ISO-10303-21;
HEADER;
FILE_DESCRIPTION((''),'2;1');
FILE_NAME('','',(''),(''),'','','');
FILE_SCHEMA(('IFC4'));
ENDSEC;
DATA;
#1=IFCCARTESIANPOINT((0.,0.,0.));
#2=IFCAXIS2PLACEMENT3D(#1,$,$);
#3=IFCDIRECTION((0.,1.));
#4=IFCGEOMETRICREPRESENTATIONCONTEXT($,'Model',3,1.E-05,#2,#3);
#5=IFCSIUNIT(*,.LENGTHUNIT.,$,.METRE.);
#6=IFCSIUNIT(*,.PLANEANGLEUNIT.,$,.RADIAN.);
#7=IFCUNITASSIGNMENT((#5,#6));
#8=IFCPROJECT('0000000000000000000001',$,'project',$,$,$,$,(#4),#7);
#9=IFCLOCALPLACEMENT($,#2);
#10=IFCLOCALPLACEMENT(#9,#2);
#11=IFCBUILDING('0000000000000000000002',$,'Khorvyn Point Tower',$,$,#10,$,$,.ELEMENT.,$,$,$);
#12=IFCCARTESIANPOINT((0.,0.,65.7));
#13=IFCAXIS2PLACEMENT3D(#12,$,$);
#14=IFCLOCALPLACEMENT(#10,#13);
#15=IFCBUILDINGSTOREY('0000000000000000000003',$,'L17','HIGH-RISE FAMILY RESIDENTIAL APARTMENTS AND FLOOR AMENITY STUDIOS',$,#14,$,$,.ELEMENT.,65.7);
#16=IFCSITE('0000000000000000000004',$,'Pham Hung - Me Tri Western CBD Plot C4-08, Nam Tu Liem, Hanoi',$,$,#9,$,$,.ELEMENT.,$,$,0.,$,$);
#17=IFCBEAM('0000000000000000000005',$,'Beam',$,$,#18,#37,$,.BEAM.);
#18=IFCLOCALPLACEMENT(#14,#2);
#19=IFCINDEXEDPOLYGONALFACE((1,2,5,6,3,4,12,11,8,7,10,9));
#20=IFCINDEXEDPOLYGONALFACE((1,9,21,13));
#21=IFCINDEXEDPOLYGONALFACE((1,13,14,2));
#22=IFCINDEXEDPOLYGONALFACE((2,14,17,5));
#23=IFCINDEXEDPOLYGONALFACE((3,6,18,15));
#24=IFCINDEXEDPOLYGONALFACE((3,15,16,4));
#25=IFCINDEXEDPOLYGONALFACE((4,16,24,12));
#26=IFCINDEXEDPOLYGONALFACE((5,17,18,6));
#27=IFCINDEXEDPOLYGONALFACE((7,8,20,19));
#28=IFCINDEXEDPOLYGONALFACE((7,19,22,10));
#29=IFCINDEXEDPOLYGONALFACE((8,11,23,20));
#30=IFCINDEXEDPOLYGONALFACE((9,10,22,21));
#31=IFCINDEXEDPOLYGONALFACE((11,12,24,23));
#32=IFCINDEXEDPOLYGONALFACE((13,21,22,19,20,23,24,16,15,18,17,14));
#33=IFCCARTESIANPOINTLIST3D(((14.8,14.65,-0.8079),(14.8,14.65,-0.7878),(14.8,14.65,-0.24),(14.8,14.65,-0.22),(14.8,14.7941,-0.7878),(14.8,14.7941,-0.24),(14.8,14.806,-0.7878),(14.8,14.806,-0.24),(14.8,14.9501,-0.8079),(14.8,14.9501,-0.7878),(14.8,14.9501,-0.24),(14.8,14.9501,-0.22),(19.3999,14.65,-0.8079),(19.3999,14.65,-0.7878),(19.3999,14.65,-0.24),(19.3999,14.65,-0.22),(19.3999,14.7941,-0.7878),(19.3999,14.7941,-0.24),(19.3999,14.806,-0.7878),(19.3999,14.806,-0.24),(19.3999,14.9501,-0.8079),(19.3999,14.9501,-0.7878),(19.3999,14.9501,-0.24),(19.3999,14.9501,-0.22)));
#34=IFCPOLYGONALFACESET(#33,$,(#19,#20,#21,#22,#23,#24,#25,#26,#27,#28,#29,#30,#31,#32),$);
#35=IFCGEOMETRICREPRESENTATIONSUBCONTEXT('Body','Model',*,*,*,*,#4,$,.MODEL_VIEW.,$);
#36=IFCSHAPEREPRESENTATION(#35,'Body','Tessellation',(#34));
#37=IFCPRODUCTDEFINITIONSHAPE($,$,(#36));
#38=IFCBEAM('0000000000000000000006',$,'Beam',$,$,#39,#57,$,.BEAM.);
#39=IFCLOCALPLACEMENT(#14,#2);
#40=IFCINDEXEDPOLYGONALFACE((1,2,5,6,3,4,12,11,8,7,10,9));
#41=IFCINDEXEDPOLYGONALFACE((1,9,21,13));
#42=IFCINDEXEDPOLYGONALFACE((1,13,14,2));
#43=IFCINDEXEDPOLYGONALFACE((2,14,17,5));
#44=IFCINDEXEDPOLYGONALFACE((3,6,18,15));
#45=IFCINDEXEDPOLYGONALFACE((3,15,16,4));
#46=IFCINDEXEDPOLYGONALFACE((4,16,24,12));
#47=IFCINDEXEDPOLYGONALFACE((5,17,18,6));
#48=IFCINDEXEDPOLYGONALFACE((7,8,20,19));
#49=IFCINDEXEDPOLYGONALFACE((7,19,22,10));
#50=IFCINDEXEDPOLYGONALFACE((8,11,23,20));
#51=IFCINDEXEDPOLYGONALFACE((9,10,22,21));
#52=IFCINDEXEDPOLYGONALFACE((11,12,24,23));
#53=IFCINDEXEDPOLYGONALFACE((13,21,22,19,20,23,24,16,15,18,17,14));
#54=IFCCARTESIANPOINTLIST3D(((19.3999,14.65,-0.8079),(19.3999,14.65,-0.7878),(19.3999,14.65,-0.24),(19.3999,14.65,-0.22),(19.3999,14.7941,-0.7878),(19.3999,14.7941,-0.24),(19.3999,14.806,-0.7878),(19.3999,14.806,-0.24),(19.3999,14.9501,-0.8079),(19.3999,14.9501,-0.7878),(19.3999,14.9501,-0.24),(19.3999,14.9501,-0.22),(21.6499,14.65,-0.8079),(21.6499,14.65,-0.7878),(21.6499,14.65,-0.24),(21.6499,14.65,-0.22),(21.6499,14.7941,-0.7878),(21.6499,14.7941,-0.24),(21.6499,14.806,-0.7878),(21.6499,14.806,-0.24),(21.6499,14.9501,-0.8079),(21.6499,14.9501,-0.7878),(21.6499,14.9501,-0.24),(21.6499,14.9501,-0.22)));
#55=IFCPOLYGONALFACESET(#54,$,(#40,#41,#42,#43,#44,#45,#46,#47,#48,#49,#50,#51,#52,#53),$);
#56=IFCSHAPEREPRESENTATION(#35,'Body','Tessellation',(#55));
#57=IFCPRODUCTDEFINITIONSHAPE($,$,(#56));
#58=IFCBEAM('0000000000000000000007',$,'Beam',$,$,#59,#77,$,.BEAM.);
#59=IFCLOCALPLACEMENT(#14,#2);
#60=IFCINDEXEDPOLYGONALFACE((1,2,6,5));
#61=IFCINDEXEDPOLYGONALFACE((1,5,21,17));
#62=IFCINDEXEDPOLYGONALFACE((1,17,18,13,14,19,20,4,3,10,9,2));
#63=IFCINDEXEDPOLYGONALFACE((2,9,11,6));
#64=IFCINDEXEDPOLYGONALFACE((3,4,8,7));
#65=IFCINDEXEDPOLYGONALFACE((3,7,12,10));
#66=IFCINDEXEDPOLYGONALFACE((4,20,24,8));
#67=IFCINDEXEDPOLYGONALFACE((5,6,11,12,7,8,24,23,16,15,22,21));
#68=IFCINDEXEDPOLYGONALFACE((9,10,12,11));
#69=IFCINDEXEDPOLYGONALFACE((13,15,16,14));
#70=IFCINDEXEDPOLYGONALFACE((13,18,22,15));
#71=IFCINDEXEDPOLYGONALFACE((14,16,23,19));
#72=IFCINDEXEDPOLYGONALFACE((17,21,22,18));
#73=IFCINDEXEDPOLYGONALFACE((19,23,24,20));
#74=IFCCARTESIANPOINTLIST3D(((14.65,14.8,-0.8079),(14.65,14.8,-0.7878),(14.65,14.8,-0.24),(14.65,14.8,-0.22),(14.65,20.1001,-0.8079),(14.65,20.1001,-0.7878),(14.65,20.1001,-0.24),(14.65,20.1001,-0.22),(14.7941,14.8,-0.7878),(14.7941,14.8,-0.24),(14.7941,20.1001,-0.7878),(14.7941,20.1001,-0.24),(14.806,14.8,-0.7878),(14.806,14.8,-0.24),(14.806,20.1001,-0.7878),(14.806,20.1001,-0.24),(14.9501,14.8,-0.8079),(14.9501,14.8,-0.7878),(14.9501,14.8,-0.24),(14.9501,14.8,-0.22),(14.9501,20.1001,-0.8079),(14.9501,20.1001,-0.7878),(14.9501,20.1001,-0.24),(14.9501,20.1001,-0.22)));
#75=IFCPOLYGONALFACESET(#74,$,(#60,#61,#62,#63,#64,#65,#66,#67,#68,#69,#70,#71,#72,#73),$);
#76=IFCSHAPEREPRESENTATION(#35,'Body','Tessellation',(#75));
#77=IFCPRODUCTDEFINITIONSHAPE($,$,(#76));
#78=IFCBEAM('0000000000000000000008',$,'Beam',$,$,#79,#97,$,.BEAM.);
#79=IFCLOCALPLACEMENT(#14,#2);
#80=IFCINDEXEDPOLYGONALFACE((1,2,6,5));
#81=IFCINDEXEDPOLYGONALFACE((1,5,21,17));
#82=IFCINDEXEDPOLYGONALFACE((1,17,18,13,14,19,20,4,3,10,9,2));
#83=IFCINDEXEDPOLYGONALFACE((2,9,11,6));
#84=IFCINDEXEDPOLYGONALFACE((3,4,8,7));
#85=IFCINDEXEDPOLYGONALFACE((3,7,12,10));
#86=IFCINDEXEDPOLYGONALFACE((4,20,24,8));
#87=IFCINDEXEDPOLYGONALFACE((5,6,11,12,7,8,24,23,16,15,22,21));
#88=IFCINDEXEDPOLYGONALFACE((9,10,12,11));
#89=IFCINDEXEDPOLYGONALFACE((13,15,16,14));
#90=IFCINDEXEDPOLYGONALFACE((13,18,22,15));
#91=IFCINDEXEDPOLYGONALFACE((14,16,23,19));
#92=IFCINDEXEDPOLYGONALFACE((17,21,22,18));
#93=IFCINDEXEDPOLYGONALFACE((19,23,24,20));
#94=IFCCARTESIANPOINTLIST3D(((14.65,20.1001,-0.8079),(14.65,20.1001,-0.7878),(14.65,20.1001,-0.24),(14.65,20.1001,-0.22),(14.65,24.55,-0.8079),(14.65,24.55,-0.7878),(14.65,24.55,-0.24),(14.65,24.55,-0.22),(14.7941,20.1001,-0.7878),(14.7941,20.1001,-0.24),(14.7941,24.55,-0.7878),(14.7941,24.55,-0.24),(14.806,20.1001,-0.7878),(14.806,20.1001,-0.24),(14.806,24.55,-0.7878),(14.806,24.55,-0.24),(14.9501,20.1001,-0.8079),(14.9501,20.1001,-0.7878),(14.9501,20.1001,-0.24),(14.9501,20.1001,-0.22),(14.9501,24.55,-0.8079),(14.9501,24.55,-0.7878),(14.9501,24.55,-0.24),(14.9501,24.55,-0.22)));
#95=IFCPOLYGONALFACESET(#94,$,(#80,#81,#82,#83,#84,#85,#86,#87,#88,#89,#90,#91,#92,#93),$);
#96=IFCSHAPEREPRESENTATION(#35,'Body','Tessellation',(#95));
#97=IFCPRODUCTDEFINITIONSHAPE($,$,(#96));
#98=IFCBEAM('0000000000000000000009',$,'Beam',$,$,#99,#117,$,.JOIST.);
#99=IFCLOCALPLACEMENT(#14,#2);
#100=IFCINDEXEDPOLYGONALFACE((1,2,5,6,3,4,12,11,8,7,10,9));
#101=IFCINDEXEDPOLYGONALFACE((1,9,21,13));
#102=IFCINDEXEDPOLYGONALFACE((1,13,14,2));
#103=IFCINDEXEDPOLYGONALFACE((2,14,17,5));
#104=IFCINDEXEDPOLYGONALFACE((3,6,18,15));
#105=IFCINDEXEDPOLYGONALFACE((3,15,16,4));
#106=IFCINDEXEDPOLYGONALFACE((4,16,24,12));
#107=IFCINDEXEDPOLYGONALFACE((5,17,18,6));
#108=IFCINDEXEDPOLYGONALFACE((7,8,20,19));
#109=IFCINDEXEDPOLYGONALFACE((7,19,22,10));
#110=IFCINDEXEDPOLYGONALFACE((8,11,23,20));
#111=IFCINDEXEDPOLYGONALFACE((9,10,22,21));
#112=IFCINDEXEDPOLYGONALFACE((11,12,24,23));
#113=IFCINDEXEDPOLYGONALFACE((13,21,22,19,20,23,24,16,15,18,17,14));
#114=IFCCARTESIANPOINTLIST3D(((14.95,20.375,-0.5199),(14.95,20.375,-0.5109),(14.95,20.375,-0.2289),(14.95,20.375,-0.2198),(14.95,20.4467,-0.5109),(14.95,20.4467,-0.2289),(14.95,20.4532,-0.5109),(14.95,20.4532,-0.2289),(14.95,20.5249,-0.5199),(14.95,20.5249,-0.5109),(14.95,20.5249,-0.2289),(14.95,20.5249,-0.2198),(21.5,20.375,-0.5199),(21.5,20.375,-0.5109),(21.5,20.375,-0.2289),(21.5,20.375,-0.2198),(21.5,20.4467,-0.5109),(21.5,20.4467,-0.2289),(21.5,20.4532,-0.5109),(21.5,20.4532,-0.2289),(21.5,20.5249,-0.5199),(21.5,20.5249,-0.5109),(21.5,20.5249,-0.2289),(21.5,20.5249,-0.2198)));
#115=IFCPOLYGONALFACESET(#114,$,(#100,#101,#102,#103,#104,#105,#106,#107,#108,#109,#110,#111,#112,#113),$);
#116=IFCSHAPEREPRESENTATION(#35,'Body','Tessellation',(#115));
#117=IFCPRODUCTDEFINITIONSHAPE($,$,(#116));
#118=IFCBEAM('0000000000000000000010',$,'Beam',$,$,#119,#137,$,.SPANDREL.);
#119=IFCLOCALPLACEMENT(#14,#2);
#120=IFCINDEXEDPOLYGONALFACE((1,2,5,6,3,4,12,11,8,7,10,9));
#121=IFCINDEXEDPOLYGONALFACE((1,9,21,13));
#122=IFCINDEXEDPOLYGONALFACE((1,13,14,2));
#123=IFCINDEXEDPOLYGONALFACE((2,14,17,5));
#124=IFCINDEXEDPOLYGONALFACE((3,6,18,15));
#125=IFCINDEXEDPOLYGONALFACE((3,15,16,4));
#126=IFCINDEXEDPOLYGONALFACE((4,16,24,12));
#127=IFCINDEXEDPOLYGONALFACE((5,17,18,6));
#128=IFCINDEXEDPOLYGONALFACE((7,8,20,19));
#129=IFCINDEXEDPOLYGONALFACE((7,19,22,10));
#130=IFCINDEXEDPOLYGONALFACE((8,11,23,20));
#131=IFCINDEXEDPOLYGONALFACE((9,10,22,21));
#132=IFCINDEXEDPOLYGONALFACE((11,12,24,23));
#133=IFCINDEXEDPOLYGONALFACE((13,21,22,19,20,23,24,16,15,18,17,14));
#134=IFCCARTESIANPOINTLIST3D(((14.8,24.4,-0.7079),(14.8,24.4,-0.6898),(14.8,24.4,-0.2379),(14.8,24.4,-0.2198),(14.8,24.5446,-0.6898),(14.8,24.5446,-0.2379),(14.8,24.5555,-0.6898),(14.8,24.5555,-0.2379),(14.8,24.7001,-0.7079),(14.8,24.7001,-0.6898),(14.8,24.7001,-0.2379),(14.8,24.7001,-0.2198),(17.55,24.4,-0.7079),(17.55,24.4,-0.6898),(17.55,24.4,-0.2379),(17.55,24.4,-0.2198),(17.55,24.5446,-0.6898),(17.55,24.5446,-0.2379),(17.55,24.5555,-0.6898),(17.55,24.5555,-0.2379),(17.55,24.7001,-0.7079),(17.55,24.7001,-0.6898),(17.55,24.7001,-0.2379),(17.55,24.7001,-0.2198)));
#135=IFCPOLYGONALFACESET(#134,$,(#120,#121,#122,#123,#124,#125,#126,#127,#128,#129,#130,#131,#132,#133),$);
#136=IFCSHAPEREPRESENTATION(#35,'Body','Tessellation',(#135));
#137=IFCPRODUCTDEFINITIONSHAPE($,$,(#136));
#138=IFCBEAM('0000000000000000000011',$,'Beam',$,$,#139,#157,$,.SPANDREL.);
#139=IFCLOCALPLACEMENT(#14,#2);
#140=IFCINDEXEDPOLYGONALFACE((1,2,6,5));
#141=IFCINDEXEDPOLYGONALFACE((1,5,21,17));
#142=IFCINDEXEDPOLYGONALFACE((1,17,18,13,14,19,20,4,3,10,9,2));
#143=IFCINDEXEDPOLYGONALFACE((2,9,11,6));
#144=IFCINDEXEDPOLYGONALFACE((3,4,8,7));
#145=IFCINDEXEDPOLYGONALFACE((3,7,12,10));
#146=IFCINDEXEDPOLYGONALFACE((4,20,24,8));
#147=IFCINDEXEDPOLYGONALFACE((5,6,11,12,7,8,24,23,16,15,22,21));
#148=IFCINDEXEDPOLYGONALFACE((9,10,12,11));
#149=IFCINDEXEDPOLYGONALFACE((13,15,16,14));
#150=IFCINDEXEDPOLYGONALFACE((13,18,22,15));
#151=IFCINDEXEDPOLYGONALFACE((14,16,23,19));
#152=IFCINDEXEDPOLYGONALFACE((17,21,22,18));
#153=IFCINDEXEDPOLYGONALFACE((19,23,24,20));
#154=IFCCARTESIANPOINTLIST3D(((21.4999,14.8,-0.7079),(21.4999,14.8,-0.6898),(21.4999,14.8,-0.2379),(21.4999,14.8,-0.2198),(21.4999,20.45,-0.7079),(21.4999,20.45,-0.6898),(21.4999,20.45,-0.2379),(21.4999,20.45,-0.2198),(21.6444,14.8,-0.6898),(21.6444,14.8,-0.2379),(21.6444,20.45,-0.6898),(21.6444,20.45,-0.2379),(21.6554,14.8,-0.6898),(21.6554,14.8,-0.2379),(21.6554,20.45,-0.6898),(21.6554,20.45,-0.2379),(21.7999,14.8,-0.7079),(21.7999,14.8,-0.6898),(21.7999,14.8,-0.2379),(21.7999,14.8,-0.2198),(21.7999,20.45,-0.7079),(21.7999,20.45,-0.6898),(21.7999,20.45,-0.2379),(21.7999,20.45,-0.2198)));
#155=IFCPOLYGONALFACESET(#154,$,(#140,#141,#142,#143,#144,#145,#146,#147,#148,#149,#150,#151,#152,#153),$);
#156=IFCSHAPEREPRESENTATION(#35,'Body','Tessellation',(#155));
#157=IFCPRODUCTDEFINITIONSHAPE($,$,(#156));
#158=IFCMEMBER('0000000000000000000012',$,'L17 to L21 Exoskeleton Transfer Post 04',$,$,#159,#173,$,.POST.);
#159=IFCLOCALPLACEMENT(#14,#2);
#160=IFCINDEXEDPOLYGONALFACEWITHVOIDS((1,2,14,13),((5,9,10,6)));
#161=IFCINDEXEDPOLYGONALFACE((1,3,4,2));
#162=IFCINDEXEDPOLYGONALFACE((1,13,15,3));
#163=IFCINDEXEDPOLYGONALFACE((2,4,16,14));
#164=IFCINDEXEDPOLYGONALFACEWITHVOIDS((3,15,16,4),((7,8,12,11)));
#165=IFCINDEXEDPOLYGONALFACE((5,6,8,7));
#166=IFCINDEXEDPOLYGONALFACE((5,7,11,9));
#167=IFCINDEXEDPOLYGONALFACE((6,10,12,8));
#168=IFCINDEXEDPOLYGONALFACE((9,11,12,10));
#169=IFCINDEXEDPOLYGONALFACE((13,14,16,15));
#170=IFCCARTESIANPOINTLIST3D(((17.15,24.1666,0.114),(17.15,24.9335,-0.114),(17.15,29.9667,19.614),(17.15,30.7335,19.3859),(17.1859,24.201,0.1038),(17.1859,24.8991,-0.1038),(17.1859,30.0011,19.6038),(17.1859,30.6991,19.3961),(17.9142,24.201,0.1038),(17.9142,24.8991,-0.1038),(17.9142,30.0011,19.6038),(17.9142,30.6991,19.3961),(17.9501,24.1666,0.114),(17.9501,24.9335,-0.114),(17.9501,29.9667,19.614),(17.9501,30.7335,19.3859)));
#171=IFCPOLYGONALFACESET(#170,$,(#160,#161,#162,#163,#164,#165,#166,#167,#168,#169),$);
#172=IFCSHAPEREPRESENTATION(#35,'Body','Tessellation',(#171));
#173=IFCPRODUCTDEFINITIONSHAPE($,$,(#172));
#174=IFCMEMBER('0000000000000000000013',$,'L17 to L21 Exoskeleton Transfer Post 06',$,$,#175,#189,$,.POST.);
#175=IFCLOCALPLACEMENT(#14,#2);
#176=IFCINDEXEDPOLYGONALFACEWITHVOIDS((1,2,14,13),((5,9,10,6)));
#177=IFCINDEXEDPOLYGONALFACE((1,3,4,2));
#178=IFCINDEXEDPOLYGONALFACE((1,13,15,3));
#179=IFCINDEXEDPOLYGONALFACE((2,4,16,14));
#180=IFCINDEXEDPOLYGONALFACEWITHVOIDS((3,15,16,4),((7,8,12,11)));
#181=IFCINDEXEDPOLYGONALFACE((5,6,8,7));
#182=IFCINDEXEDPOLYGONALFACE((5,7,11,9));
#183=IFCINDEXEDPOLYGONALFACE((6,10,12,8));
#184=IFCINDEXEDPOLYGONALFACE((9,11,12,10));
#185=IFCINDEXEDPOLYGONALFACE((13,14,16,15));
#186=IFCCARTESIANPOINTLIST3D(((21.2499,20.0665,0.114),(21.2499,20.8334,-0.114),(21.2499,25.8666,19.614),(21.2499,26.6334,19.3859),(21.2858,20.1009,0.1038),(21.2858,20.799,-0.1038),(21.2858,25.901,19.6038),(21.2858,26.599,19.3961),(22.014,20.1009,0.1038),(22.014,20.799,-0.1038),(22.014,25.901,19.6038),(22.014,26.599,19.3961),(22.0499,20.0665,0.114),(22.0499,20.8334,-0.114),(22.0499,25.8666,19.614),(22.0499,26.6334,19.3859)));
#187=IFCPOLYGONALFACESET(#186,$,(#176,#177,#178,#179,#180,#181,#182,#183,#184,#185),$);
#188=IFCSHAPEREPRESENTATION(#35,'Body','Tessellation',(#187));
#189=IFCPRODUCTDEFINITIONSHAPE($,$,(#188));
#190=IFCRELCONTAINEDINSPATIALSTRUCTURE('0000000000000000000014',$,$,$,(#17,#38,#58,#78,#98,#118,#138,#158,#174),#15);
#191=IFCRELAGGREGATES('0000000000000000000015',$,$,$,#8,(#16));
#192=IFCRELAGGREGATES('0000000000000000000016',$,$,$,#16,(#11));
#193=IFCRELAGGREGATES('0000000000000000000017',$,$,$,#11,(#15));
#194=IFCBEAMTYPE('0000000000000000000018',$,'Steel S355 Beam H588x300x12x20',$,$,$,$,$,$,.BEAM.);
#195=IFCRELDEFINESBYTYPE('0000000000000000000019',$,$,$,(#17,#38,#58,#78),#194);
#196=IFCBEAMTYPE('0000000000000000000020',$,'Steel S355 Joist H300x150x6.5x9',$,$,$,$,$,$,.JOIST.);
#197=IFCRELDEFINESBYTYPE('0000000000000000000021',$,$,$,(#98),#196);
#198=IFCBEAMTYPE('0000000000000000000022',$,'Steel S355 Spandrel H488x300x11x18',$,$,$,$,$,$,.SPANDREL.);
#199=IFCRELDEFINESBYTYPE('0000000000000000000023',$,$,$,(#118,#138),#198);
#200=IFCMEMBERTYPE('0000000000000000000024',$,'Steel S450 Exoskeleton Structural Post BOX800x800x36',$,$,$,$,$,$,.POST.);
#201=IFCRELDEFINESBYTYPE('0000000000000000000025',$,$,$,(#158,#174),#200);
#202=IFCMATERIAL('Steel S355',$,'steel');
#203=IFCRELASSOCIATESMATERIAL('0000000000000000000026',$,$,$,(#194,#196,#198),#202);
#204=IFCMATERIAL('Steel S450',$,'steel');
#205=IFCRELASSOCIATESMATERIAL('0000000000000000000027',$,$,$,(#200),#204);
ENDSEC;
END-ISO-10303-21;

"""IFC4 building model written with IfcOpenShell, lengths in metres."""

from ifc_helpers import new_model, si_unit, direction, frame, origin, origin_2d, place, context, subcontext, project, spatial, hollow_rectangle, i_section, extrude, material, material_profile, profile_set, type_object, element, save


model = new_model("IFC4")

# Units and contexts
model_context = context("Model", 3, precision=1e-05, world=origin(), true_north=direction((0.0, 1.0)))
body_context = subcontext(model_context, "Body", "Model", "MODEL_VIEW")
ifc_project = project(units=[si_unit("LENGTHUNIT", "METRE"), si_unit("PLANEANGLEUNIT", "RADIAN")], contexts=[model_context])

# Site, building, storey
site_placement = place(None, origin())
site = spatial("IfcSite", under=ifc_project, at=site_placement, Name="Pham Hung - Me Tri Western CBD Plot C4-08, Nam Tu Liem, Hanoi", CompositionType="ELEMENT", RefElevation=0.0)
building_placement = place(site_placement, origin())
building = spatial("IfcBuilding", under=site, at=building_placement, Name="Khorvyn Point Tower", CompositionType="ELEMENT")
storey_placement = place(building_placement, frame((0.0, 0.0, 65.7)))
storey = spatial("IfcBuildingStorey", under=building, at=storey_placement, Name="L17", Description="HIGH-RISE FAMILY RESIDENTIAL APARTMENTS AND FLOOR AMENITY STUDIOS", CompositionType="ELEMENT", Elevation=65.7)

# Shared definitions
ifc_material_1 = material(Name="Steel S450", Category="steel")

# Beams
ifc_material_2 = material(Name="Steel S355", Category="steel")
ifc_material_profile_1 = material_profile(ifc_material_2, i_section(OverallWidth=0.3, OverallDepth=0.5879, WebThickness=0.012, FlangeThickness=0.02, at=origin_2d()))
ifc_profile_set_1 = profile_set([ifc_material_profile_1], Name="Steel S355 H588x300x12x20")
beam_type_1 = type_object("IfcBeamType", Name="Steel S355 Beam H588x300x12x20", PredefinedType="BEAM", material=ifc_profile_set_1)
beam_1_placement = place(storey_placement, frame((14.8, 14.8, -0.5139), z_axis=(1.0, 0.0, 0.0), x_axis=(0.0, 1.0, 0.0)))
element("IfcBeam", 1, at=beam_1_placement, inside=storey, type_object=beam_type_1, Name="Beam", PredefinedType="BEAM", context=body_context, shape_type="SweptSolid", body=[
    extrude(i_section(OverallWidth=0.3, OverallDepth=0.5879, WebThickness=0.012, FlangeThickness=0.02, at=origin_2d()), origin(), (0.0, 0.0, 1.0), 4.5999),
])
beam_2_placement = place(storey_placement, frame((19.3999, 14.8, -0.5139), z_axis=(1.0, 0.0, 0.0), x_axis=(0.0, 1.0, 0.0)))
element("IfcBeam", 2, at=beam_2_placement, inside=storey, type_object=beam_type_1, Name="Beam", PredefinedType="BEAM", context=body_context, shape_type="SweptSolid", body=[
    extrude(i_section(OverallWidth=0.3, OverallDepth=0.5879, WebThickness=0.012, FlangeThickness=0.02, at=origin_2d()), origin(), (0.0, 0.0, 1.0), 2.25),
])
beam_3_placement = place(storey_placement, frame((14.8, 14.8, -0.5139), z_axis=(0.0, 1.0, 0.0), x_axis=(-1.0, 0.0, 0.0)))
element("IfcBeam", 3, at=beam_3_placement, inside=storey, type_object=beam_type_1, Name="Beam", PredefinedType="BEAM", context=body_context, shape_type="SweptSolid", body=[
    extrude(i_section(OverallWidth=0.3, OverallDepth=0.5879, WebThickness=0.012, FlangeThickness=0.02, at=origin_2d()), origin(), (0.0, 0.0, 1.0), 5.3),
])
beam_4_placement = place(storey_placement, frame((14.8, 20.1001, -0.5139), z_axis=(0.0, 1.0, 0.0), x_axis=(-1.0, 0.0, 0.0)))
element("IfcBeam", 4, at=beam_4_placement, inside=storey, type_object=beam_type_1, Name="Beam", PredefinedType="BEAM", context=body_context, shape_type="SweptSolid", body=[
    extrude(i_section(OverallWidth=0.3, OverallDepth=0.5879, WebThickness=0.012, FlangeThickness=0.02, at=origin_2d()), origin(), (0.0, 0.0, 1.0), 4.45),
])
ifc_material_profile_2 = material_profile(ifc_material_2, i_section(OverallWidth=0.1499, OverallDepth=0.3, WebThickness=0.0066, FlangeThickness=0.009, at=origin_2d()))
ifc_profile_set_2 = profile_set([ifc_material_profile_2], Name="Steel S355 H300x150x6.5x9")
beam_type_2 = type_object("IfcBeamType", Name="Steel S355 Joist H300x150x6.5x9", PredefinedType="JOIST", material=ifc_profile_set_2)
beam_5_placement = place(storey_placement, frame((14.95, 20.45, -0.3699), z_axis=(1.0, 0.0, 0.0), x_axis=(0.0, 1.0, 0.0)))
element("IfcBeam", 5, at=beam_5_placement, inside=storey, type_object=beam_type_2, Name="Beam", PredefinedType="JOIST", context=body_context, shape_type="SweptSolid", body=[
    extrude(i_section(OverallWidth=0.1499, OverallDepth=0.3, WebThickness=0.0066, FlangeThickness=0.009, at=origin_2d()), origin(), (0.0, 0.0, 1.0), 6.55),
])
ifc_material_profile_3 = material_profile(ifc_material_2, i_section(OverallWidth=0.3, OverallDepth=0.488, WebThickness=0.011, FlangeThickness=0.0181, at=origin_2d()))
ifc_profile_set_3 = profile_set([ifc_material_profile_3], Name="Steel S355 H488x300x11x18")
beam_type_3 = type_object("IfcBeamType", Name="Steel S355 Spandrel H488x300x11x18", PredefinedType="SPANDREL", material=ifc_profile_set_3)
beam_6_placement = place(storey_placement, frame((14.8, 24.55, -0.4639), z_axis=(1.0, 0.0, 0.0), x_axis=(0.0, 1.0, 0.0)))
element("IfcBeam", 6, at=beam_6_placement, inside=storey, type_object=beam_type_3, Name="Beam", PredefinedType="SPANDREL", context=body_context, shape_type="SweptSolid", body=[
    extrude(i_section(OverallWidth=0.3, OverallDepth=0.488, WebThickness=0.011, FlangeThickness=0.0181, at=origin_2d()), origin(), (0.0, 0.0, 1.0), 2.75),
])
beam_7_placement = place(storey_placement, frame((21.6499, 14.8, -0.4639), z_axis=(0.0, 1.0, 0.0), x_axis=(-1.0, 0.0, 0.0)))
element("IfcBeam", 7, at=beam_7_placement, inside=storey, type_object=beam_type_3, Name="Beam", PredefinedType="SPANDREL", context=body_context, shape_type="SweptSolid", body=[
    extrude(i_section(OverallWidth=0.3, OverallDepth=0.488, WebThickness=0.011, FlangeThickness=0.0181, at=origin_2d()), origin(), (0.0, 0.0, 1.0), 5.6499),
])

# Members
ifc_material_profile_4 = material_profile(ifc_material_1, hollow_rectangle(XDim=0.8, YDim=0.8, WallThickness=0.0359, at=origin_2d()))
ifc_profile_set_4 = profile_set([ifc_material_profile_4], Name="Steel S450 BOX800x800x36")
member_type_1 = type_object("IfcMemberType", Name="Steel S450 Exoskeleton Structural Post BOX800x800x36", PredefinedType="POST", material=ifc_profile_set_4)
for number, where, z_axis, x_axis, name in (
    (8, (17.55, 24.55, 0.0), (0.0, 0.285095, 0.958499), (-1.0, 0.0, 0.0), "L17 to L21 Exoskeleton Transfer Post 04"),
    (9, (21.6499, 20.45, 0.0), (0.0, 0.285095, 0.958499), (-1.0, 0.0, 0.0), "L17 to L21 Exoskeleton Transfer Post 06"),
):
    element("IfcMember", number, at=place(storey_placement, frame(where, z_axis=z_axis, x_axis=x_axis)), inside=storey, type_object=member_type_1, Name=name, PredefinedType="POST", context=body_context, shape_type="SweptSolid", body=[
        extrude(hollow_rectangle(XDim=0.8, YDim=0.8, WallThickness=0.0359, at=origin_2d()), origin(), (0.0, 0.0, 1.0), 20.3442),
    ])

save(model, "model.ifc")
